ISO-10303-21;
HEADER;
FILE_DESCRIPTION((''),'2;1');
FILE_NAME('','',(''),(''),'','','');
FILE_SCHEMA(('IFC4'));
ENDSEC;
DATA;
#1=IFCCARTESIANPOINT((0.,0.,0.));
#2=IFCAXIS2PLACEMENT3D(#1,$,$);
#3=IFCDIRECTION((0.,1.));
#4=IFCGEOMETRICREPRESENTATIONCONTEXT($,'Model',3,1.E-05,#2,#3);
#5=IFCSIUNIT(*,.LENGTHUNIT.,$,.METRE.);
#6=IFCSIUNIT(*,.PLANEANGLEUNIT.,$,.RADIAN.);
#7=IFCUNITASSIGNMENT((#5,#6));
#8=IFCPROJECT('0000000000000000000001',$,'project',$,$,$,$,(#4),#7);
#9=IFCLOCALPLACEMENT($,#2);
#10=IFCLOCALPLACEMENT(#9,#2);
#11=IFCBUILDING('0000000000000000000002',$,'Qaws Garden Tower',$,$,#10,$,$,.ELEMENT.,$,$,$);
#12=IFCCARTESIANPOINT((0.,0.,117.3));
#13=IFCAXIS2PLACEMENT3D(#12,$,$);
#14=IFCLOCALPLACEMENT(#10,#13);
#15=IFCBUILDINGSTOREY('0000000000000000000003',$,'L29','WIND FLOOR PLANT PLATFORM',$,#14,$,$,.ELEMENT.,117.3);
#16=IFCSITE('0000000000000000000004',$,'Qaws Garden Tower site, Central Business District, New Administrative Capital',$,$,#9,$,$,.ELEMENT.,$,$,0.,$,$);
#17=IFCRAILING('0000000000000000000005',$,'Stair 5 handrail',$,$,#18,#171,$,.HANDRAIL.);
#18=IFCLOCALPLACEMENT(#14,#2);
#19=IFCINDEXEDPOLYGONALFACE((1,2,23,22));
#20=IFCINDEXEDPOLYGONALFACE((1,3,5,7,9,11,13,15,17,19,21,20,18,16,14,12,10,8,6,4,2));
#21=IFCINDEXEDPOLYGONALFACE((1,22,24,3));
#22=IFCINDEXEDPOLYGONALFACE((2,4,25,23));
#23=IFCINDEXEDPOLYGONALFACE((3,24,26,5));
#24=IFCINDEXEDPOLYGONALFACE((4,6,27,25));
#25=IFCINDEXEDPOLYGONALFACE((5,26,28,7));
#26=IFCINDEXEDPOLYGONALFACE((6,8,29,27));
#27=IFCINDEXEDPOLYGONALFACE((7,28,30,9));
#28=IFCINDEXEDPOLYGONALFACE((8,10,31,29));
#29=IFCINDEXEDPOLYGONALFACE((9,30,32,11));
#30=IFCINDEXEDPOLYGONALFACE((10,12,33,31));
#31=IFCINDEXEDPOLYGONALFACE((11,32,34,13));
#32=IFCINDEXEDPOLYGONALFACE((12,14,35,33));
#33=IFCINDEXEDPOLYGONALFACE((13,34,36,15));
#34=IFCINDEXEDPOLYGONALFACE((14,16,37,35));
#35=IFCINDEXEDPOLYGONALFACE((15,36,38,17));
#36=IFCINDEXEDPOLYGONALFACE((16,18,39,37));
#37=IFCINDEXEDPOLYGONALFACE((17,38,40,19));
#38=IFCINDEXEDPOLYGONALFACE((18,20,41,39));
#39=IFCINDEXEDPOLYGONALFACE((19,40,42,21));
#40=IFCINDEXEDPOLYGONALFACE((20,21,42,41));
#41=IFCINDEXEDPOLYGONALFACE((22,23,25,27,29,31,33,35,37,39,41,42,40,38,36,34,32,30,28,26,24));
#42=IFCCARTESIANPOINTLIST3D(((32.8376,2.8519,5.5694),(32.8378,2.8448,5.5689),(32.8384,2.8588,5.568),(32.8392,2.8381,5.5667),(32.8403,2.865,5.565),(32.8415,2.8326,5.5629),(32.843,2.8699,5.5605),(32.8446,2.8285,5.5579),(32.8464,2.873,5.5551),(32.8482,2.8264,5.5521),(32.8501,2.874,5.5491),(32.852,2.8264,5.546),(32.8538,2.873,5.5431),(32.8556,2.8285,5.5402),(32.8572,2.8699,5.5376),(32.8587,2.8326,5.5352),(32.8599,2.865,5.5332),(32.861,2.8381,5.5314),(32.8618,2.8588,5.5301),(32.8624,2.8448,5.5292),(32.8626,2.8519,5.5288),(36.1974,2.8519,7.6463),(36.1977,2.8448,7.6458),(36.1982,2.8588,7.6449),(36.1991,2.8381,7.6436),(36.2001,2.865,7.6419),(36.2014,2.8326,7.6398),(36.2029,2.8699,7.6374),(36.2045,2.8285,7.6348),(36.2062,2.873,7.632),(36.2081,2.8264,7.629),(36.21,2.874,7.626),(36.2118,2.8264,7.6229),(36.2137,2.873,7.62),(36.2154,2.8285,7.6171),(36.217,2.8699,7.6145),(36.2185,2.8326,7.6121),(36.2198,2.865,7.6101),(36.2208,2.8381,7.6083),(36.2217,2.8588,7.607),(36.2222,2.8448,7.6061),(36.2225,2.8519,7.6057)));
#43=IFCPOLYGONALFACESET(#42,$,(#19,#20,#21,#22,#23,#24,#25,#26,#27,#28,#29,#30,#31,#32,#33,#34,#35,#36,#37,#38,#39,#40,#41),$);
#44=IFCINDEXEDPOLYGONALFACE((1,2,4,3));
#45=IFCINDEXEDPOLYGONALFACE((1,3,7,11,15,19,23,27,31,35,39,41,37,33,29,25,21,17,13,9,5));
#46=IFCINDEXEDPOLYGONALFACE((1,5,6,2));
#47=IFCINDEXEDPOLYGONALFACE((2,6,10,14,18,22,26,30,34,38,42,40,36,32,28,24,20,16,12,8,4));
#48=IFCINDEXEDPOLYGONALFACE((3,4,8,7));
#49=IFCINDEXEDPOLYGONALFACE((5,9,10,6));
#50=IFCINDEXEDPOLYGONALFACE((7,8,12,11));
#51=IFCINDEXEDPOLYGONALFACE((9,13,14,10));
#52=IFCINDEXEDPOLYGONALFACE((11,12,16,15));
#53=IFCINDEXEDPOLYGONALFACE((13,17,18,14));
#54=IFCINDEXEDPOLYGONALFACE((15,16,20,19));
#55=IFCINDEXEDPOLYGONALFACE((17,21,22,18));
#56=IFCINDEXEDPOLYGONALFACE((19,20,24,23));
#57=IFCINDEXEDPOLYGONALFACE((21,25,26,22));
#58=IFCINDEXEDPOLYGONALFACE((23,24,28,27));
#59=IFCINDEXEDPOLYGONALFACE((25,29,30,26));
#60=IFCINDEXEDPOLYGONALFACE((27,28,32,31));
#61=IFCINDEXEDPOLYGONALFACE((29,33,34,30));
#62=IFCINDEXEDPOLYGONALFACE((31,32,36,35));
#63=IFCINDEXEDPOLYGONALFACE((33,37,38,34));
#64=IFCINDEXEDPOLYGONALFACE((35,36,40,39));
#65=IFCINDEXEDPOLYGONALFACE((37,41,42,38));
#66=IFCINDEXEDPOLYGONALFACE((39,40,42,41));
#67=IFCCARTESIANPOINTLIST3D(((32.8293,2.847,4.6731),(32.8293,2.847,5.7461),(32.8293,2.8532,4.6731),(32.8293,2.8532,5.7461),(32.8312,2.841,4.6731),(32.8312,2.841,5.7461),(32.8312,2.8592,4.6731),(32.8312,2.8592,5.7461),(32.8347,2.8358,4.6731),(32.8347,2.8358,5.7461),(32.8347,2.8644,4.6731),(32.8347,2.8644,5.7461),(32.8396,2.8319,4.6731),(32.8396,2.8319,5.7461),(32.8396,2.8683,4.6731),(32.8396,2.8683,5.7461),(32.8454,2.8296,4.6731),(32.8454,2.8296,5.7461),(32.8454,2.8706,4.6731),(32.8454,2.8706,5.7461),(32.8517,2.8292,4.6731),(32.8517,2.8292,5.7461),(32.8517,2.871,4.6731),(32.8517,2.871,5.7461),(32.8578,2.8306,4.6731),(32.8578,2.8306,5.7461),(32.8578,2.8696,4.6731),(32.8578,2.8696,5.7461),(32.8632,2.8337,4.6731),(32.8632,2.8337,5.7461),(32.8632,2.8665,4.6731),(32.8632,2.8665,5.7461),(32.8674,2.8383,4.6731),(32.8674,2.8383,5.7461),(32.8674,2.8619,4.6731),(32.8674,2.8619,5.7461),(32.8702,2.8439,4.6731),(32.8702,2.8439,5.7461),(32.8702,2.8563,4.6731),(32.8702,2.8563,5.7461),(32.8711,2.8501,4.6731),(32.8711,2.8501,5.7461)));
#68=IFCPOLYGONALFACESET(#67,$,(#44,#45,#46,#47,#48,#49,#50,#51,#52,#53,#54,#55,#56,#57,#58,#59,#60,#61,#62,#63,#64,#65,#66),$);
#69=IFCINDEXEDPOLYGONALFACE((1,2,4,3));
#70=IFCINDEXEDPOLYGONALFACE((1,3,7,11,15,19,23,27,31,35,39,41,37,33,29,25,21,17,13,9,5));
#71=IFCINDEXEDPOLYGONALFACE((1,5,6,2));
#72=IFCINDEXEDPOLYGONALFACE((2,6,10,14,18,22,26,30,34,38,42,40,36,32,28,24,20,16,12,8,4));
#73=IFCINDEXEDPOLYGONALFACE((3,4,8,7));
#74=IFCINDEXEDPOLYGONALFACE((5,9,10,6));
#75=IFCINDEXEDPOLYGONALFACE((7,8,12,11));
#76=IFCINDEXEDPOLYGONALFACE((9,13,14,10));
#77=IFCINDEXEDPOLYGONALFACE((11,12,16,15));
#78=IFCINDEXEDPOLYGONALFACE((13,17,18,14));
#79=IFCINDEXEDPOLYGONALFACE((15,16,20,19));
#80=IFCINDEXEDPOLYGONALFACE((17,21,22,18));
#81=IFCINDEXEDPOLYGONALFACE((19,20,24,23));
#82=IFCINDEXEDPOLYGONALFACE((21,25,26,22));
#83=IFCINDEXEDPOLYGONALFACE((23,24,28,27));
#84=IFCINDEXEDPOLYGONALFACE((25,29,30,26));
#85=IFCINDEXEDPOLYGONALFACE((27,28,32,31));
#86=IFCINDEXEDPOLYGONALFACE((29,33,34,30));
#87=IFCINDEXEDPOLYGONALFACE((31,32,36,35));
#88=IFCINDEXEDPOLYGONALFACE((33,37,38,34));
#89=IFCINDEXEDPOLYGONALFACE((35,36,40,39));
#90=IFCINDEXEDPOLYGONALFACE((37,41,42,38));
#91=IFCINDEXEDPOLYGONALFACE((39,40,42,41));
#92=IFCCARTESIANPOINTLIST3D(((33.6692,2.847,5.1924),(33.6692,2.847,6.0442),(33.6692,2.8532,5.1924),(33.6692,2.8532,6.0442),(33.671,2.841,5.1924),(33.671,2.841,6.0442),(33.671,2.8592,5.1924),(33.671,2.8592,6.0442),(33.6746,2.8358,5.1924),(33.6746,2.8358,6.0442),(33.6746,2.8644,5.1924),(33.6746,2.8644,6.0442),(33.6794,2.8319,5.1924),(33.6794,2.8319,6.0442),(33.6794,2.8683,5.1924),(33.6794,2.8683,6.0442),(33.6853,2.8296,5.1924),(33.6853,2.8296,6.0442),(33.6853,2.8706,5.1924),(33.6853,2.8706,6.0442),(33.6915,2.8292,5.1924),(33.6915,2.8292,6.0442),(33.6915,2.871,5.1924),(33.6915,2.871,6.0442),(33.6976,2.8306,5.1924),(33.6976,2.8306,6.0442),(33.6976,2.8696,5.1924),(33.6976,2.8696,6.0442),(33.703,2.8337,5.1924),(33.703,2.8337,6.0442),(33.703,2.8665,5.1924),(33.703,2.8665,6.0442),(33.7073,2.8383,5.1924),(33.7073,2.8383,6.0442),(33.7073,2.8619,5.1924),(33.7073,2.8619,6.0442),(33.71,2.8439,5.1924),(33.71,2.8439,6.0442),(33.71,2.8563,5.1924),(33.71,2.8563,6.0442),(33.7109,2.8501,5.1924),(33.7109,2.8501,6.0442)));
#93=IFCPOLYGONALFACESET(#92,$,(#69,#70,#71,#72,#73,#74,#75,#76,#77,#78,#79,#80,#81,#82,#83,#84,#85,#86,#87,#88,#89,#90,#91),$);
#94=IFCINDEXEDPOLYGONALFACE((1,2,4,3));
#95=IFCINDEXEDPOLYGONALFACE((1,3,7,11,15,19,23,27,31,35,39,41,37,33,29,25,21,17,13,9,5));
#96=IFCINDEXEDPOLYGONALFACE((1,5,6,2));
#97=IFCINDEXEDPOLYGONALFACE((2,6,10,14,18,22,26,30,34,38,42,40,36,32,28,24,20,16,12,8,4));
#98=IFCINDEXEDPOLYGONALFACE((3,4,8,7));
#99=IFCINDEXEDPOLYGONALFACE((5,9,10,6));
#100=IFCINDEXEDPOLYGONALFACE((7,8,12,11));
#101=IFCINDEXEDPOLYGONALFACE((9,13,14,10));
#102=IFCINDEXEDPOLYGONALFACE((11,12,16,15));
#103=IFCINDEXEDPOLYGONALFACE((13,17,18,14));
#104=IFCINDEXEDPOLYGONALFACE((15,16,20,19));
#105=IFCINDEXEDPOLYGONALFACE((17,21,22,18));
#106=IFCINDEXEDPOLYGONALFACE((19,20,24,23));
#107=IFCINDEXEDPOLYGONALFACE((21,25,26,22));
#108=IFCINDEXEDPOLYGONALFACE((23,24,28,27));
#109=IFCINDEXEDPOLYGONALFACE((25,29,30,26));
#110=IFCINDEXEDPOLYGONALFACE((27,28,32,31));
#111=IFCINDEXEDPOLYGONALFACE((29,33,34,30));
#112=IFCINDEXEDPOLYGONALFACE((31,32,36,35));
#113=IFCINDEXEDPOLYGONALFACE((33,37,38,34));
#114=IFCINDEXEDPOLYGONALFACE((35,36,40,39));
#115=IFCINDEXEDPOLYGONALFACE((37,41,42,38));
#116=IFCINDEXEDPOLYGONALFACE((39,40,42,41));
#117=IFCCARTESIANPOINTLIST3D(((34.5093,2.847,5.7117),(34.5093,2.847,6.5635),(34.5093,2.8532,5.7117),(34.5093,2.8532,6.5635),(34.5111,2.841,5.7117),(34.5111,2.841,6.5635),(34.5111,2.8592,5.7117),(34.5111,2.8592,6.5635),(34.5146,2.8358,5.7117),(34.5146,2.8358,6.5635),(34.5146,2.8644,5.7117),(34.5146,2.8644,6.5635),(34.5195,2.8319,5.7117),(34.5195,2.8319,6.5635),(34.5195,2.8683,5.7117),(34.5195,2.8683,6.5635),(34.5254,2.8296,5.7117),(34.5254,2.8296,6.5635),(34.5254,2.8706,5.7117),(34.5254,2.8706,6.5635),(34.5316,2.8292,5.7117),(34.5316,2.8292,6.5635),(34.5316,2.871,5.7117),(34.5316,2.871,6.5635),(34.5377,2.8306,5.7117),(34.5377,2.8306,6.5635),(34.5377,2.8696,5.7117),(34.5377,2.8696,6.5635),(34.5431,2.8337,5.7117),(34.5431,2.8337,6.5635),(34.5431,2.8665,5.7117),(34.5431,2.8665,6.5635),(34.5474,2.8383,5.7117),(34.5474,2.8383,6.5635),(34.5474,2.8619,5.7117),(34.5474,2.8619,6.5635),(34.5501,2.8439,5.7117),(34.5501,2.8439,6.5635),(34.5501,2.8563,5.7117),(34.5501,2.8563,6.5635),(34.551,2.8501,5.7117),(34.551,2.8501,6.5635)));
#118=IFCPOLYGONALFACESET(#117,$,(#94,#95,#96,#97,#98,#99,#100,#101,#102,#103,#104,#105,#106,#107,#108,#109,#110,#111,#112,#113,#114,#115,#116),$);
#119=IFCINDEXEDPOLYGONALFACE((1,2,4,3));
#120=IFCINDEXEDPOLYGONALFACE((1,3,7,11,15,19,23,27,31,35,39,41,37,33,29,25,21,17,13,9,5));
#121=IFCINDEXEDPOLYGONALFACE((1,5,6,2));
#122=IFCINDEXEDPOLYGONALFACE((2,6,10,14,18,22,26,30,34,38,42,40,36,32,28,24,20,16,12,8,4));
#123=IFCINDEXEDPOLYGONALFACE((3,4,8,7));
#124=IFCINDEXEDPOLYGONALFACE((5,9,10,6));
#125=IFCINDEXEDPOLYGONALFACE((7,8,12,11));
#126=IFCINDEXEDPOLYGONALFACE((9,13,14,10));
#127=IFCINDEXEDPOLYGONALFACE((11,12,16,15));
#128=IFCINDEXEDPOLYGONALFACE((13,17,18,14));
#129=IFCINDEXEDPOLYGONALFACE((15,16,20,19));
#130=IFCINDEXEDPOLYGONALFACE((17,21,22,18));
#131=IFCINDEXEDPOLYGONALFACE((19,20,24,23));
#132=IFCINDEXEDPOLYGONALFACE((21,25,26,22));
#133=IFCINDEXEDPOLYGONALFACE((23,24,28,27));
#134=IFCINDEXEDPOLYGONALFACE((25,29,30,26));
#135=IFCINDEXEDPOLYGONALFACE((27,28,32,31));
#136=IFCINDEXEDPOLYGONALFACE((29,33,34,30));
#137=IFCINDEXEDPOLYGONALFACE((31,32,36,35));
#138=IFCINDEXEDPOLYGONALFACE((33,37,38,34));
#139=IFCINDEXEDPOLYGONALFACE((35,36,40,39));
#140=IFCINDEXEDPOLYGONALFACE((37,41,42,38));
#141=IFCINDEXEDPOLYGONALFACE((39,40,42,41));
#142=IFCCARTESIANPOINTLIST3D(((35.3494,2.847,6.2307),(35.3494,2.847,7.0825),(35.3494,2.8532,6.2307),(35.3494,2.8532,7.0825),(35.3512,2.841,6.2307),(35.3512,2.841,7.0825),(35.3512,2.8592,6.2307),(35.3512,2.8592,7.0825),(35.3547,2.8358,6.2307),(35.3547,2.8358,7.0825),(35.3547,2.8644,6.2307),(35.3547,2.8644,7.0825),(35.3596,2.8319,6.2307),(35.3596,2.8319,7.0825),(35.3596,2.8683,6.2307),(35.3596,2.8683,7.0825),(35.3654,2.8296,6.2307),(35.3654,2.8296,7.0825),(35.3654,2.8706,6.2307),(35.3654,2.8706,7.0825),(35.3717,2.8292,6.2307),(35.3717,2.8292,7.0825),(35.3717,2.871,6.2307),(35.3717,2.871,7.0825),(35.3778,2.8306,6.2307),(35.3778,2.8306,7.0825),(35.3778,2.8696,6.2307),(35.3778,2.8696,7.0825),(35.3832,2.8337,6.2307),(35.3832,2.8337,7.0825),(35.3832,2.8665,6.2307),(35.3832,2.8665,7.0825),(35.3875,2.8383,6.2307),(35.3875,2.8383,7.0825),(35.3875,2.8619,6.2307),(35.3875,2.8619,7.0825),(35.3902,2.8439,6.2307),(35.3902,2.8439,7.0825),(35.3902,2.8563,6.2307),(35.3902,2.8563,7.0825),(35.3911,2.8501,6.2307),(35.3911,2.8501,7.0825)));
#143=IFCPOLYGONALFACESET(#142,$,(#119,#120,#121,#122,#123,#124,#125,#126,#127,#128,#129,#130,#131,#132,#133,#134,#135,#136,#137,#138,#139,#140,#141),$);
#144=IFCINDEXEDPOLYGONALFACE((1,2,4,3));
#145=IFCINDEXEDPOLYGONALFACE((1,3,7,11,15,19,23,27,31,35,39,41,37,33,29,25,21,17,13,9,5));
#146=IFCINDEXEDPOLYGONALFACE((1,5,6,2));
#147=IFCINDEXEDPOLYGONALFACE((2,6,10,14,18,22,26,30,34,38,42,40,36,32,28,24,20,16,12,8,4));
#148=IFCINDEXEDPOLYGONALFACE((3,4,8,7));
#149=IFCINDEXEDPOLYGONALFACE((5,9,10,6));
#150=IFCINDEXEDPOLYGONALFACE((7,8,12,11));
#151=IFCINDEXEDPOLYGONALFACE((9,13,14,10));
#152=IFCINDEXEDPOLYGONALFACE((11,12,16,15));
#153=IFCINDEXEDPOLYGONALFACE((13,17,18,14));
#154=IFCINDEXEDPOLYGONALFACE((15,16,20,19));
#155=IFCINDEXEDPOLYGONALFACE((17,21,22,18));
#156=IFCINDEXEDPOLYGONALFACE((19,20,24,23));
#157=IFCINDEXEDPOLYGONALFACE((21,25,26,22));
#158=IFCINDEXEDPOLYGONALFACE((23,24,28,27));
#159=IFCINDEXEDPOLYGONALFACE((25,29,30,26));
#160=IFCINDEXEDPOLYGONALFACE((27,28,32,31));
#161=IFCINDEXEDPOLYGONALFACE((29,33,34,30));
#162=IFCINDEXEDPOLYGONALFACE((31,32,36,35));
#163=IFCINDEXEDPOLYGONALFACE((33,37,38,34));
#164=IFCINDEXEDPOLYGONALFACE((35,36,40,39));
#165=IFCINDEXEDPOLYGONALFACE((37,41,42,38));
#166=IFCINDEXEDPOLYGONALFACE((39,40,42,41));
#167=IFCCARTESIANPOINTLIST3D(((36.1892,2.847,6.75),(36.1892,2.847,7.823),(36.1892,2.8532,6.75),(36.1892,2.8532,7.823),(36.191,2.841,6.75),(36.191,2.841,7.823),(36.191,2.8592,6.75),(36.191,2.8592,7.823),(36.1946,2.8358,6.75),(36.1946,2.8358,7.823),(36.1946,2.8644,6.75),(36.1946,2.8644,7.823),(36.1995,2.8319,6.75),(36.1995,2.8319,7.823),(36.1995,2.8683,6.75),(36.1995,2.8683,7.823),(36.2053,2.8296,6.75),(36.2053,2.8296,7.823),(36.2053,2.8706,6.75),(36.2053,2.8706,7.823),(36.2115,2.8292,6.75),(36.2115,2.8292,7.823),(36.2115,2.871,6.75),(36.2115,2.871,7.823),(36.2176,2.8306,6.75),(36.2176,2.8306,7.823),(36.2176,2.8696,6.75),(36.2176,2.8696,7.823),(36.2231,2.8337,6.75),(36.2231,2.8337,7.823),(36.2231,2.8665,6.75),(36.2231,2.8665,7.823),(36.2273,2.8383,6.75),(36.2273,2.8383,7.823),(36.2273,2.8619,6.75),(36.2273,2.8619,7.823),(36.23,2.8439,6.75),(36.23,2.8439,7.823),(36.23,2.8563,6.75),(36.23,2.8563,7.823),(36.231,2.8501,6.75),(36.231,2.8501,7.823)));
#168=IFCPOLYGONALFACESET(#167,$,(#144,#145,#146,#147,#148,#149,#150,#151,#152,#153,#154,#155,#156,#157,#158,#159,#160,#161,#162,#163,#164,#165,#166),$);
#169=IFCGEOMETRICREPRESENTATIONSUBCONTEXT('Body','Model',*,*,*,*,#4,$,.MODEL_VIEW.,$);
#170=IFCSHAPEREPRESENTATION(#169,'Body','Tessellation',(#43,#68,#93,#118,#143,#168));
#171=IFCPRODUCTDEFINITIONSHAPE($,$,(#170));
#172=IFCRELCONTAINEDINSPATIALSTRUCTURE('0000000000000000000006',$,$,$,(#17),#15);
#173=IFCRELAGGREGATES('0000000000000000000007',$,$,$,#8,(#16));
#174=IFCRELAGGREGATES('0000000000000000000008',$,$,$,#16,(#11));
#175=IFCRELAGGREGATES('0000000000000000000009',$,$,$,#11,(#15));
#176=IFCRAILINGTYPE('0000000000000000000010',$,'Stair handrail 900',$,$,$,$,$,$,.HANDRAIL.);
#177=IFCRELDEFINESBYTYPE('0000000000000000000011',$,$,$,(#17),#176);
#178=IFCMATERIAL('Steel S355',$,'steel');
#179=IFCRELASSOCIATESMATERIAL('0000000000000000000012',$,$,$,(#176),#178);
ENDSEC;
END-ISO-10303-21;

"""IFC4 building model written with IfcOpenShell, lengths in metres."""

from ifc_helpers import new_model, si_unit, direction, frame, origin, origin_2d, place, context, subcontext, project, spatial, circle, extrude, material, type_object, element, save


model = new_model("IFC4")

# Units and contexts
model_context = context("Model", 3, precision=1e-05, world=origin(), true_north=direction((0.0, 1.0)))
body_context = subcontext(model_context, "Body", "Model", "MODEL_VIEW")
ifc_project = project(units=[si_unit("LENGTHUNIT", "METRE"), si_unit("PLANEANGLEUNIT", "RADIAN")], contexts=[model_context])

# Site, building, storey
site_placement = place(None, origin())
site = spatial("IfcSite", under=ifc_project, at=site_placement, Name="Qaws Garden Tower site, Central Business District, New Administrative Capital", CompositionType="ELEMENT", RefElevation=0.0)
building_placement = place(site_placement, origin())
building = spatial("IfcBuilding", under=site, at=building_placement, Name="Qaws Garden Tower", CompositionType="ELEMENT")
storey_placement = place(building_placement, frame((0.0, 0.0, 117.3)))
storey = spatial("IfcBuildingStorey", under=building, at=storey_placement, Name="L29", Description="WIND FLOOR PLANT PLATFORM", CompositionType="ELEMENT", Elevation=117.3)

# Railing
ifc_material_1 = material(Name="Steel S355", Category="steel")
railing_type_1 = type_object("IfcRailingType", Name="Stair handrail 900", PredefinedType="HANDRAIL", material=ifc_material_1)
for number, where, name in (
    (1, (32.8501, 2.8501, 4.6731), "Stair 5 handrail"),
):
    element("IfcRailing", number, at=place(storey_placement, frame(where)), inside=storey, type_object=railing_type_1, Name=name, PredefinedType="HANDRAIL", context=body_context, shape_type="SweptSolid", body=[
        extrude(circle(Radius=0.0239, at=origin_2d()), frame((0.0, 0.0, 0.876), z_axis=(0.850606, 0.0, 0.525803), x_axis=(0.0, 1.0, 0.0)), (0.0, 0.0, 1.0), 3.95),
        extrude(circle(Radius=0.021, at=origin_2d()), origin(), (0.0, 0.0, 1.0), 1.073),
        extrude(circle(Radius=0.021, at=origin_2d()), frame((0.8398, 0.0, 0.5193)), (0.0, 0.0, 1.0), 0.8518),
        extrude(circle(Radius=0.021, at=origin_2d()), frame((1.6799, 0.0, 1.0386)), (0.0, 0.0, 1.0), 0.8518),
        extrude(circle(Radius=0.021, at=origin_2d()), frame((2.52, 0.0, 1.5576)), (0.0, 0.0, 1.0), 0.8518),
        extrude(circle(Radius=0.021, at=origin_2d()), frame((3.3599, 0.0, 2.0769)), (0.0, 0.0, 1.0), 1.073),
    ])

save(model, "model.ifc")
